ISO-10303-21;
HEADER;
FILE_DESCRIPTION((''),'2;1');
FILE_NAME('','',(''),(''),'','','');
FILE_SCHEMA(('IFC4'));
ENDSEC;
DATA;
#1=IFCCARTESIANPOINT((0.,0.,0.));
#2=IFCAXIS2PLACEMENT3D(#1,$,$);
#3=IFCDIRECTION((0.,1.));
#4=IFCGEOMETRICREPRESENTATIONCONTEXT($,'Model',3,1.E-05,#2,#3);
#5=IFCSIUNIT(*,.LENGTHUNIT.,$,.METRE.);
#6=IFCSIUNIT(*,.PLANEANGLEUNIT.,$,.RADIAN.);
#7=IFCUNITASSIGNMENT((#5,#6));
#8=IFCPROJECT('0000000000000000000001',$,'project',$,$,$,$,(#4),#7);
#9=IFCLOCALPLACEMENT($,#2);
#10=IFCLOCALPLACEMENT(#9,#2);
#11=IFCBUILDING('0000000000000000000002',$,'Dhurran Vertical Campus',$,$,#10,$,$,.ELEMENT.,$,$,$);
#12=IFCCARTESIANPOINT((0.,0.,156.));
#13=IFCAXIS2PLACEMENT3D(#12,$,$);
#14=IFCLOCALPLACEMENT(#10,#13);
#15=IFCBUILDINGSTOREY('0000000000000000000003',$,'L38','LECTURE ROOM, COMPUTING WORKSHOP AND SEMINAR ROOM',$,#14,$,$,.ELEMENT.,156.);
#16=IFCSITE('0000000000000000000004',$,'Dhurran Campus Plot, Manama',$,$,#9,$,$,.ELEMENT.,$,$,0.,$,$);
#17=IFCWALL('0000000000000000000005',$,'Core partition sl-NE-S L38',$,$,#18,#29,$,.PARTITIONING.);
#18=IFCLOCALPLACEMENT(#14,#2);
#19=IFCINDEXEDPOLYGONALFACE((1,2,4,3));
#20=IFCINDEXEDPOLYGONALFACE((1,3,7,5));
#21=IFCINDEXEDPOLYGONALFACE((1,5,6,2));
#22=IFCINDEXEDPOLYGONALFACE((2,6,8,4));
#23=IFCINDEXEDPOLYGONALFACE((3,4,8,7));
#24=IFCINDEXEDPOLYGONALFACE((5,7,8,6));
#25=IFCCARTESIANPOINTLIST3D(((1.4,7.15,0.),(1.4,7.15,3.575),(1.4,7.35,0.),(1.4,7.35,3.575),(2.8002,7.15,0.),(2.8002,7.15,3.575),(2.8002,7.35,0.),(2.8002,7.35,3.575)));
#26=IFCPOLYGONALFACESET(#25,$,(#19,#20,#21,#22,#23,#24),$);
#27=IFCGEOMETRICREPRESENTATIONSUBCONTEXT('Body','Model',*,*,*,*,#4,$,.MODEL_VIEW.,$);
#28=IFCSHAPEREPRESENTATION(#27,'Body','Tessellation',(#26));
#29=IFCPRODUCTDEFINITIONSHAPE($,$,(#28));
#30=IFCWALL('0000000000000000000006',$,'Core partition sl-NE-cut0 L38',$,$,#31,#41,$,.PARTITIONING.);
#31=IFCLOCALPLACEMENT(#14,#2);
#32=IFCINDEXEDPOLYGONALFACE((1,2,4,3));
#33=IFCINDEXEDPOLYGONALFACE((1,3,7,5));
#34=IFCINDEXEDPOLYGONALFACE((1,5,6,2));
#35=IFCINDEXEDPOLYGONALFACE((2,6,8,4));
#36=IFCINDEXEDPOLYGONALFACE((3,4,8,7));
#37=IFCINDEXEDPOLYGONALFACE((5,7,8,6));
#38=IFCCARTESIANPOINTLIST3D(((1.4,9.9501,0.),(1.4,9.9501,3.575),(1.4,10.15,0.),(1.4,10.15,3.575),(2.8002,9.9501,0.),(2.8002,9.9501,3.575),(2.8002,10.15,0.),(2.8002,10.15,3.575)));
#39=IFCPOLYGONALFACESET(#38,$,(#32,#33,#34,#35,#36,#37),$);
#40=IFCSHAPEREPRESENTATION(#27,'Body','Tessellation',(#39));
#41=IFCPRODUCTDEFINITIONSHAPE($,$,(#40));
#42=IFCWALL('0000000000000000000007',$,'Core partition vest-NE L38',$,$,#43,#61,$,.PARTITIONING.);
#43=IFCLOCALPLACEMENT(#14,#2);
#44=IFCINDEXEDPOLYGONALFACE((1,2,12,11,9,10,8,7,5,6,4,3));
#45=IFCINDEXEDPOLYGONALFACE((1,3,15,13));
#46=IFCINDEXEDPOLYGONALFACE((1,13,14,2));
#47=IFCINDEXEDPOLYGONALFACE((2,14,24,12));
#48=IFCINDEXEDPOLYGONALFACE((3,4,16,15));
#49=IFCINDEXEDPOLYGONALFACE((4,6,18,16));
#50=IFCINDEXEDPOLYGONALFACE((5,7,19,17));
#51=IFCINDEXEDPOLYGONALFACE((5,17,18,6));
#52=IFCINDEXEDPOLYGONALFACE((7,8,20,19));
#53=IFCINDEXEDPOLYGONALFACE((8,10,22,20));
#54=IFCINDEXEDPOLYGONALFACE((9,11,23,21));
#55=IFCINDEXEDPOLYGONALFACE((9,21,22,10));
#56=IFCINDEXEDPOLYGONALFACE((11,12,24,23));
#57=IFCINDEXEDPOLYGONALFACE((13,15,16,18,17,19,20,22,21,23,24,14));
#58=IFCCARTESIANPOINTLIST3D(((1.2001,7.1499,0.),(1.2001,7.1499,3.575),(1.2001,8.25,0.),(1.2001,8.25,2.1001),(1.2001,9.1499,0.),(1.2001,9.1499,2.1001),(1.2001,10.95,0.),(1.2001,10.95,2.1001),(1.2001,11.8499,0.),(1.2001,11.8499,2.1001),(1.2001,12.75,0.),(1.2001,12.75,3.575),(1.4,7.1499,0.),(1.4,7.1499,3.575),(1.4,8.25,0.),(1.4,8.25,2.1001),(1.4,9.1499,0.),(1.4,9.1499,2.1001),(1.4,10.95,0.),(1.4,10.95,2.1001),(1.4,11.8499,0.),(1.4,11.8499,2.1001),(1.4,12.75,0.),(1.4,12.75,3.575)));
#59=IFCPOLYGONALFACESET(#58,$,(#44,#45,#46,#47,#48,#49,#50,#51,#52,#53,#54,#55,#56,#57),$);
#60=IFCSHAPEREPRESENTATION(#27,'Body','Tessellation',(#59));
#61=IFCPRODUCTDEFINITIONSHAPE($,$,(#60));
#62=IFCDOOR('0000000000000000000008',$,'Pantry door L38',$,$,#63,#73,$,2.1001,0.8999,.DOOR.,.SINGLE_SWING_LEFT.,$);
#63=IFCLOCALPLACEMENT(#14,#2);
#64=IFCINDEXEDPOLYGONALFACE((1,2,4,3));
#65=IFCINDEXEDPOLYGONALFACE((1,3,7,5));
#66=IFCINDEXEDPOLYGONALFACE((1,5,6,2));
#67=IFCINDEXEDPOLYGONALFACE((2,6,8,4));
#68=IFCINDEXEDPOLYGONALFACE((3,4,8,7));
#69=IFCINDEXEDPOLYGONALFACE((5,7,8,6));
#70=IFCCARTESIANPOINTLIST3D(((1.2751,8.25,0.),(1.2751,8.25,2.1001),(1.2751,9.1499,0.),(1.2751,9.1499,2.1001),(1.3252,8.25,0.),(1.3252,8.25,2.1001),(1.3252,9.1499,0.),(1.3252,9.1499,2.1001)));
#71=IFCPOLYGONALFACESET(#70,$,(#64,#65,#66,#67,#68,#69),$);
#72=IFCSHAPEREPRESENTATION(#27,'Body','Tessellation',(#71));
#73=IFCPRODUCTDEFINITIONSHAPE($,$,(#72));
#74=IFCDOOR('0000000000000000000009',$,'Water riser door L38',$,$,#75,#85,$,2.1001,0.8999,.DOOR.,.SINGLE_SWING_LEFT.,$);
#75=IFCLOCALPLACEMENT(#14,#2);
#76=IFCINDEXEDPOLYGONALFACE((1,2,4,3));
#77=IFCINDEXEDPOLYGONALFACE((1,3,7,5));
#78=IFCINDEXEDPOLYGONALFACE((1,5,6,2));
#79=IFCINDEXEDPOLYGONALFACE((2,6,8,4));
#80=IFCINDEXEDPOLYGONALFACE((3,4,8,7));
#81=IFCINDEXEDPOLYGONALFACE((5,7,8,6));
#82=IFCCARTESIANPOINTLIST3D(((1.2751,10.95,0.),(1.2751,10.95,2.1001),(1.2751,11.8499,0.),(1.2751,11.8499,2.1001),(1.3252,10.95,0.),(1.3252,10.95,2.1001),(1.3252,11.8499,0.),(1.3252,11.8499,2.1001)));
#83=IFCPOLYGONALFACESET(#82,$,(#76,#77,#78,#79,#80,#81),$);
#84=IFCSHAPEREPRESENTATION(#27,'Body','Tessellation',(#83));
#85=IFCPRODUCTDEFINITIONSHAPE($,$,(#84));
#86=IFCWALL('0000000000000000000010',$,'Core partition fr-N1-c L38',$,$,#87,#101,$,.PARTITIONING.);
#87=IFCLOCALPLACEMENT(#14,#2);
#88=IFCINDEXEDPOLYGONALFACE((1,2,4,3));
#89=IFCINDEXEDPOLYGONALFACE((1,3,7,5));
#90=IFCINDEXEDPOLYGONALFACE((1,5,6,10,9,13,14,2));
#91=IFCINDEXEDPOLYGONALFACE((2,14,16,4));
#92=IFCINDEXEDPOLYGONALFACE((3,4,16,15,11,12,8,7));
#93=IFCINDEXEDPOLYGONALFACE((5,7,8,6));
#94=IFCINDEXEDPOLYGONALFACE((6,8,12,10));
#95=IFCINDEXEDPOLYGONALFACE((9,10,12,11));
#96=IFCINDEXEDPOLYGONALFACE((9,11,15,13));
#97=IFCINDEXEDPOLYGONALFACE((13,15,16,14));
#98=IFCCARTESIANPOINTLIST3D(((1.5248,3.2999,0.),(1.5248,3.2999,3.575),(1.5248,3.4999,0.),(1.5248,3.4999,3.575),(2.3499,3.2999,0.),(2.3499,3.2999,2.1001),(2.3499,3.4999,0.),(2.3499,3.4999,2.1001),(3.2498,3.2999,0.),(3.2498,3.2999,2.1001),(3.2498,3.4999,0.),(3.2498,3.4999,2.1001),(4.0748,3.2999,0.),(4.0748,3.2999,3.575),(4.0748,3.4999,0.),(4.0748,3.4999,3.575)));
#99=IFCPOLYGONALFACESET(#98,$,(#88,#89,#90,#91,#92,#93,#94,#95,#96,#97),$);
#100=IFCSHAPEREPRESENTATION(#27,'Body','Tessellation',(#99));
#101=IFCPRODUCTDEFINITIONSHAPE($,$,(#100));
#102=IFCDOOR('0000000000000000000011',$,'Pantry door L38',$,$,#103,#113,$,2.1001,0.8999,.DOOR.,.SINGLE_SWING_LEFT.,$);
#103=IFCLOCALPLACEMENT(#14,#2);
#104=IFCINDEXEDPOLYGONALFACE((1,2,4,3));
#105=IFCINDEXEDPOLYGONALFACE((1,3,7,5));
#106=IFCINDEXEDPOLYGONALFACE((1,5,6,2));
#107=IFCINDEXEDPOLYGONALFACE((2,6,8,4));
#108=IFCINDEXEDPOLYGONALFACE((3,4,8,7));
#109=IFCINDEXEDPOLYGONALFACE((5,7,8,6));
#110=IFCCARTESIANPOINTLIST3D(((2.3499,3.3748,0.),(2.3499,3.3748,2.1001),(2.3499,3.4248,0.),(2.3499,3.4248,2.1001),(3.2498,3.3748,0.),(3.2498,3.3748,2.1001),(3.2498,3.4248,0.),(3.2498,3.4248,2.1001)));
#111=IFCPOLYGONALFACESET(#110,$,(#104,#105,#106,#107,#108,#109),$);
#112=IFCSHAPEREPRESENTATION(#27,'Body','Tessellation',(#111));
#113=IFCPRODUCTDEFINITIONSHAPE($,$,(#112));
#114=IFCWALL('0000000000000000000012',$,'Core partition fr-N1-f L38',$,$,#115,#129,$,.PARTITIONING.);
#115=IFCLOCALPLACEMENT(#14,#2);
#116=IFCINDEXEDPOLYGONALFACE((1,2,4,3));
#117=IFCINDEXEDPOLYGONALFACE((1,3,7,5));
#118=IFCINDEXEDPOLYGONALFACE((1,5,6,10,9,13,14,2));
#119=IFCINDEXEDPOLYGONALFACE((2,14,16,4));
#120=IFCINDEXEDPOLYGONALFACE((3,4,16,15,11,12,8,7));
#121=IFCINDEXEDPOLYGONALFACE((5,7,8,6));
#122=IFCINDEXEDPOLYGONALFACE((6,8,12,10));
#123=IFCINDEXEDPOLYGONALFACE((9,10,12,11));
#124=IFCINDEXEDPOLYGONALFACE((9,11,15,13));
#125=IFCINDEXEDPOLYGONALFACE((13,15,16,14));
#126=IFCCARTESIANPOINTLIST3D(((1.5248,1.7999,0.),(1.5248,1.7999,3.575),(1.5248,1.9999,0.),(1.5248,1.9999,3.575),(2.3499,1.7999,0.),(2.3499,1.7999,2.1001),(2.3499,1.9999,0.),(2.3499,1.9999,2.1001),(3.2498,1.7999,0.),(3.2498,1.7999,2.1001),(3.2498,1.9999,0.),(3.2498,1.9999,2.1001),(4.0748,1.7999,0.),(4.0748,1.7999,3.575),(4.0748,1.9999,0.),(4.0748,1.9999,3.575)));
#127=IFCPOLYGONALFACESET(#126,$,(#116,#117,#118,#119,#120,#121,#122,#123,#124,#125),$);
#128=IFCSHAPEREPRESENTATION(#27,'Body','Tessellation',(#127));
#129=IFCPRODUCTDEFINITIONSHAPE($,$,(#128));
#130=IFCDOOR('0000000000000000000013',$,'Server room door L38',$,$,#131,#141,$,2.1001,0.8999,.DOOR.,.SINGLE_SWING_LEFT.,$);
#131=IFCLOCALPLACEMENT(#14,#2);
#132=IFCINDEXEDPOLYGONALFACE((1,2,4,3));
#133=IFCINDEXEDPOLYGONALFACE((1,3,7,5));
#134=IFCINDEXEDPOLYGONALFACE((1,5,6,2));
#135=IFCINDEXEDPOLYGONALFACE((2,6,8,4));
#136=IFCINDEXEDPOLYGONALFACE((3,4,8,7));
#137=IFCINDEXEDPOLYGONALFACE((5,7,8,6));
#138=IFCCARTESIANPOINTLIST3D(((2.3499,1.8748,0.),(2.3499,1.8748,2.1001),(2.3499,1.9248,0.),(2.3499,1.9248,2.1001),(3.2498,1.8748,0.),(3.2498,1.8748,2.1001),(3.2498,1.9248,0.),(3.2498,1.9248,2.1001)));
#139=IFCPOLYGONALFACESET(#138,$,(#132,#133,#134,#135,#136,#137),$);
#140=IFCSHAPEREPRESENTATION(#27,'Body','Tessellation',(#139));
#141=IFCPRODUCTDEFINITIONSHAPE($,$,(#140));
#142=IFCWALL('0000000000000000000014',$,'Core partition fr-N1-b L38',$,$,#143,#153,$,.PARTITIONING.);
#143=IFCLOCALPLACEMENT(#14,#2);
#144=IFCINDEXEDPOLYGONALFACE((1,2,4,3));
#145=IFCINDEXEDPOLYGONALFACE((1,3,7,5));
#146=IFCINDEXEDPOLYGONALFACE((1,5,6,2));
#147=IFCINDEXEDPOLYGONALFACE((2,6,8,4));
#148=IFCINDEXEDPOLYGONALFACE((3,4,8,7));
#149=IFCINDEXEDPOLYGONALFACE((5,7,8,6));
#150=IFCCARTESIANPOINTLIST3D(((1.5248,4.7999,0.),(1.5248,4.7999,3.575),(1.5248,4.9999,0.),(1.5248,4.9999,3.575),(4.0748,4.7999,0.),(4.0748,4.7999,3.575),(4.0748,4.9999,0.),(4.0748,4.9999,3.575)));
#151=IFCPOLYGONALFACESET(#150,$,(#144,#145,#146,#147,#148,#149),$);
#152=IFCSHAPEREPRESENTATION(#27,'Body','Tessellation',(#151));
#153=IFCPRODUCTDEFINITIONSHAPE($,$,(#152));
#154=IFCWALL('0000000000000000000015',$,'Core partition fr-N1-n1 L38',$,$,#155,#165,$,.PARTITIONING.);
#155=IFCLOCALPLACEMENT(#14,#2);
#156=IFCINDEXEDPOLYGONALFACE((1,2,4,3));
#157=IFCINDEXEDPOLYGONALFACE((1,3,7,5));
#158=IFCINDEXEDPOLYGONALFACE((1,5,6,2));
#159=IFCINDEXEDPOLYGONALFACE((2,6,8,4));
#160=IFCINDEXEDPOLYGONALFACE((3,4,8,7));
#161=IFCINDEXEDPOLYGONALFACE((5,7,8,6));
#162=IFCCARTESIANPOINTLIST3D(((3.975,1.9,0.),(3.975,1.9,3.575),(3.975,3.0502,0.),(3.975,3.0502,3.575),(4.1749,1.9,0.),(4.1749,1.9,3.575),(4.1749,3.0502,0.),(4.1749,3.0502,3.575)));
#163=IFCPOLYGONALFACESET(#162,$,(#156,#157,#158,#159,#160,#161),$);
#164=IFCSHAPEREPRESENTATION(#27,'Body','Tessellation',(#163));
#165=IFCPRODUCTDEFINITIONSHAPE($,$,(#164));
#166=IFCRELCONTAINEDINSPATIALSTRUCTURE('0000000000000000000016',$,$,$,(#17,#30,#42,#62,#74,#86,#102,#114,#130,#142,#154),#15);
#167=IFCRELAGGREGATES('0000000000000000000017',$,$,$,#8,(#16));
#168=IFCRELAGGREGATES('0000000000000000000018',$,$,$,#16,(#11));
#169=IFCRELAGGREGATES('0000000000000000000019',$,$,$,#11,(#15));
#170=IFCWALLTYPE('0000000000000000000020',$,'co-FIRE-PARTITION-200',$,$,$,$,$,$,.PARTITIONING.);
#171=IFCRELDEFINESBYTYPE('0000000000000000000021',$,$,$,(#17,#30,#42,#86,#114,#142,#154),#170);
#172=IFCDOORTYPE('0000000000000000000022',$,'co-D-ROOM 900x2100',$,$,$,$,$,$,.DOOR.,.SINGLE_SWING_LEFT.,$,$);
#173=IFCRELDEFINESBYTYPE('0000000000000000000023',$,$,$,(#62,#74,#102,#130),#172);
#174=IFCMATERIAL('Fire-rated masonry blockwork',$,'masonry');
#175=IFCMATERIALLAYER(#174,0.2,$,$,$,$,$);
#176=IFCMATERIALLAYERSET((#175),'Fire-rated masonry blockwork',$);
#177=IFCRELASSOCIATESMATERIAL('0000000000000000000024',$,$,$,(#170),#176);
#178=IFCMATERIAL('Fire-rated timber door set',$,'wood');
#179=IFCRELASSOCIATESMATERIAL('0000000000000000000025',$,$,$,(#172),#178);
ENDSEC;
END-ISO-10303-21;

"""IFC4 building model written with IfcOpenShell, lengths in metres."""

from ifc_helpers import new_model, si_unit, direction, frame, frame_2d, origin, place, context, subcontext, project, spatial, rectangle, extrude, material, layer, layer_set, type_object, element, fill, save


model = new_model("IFC4")

# Units and contexts
model_context = context("Model", 3, precision=1e-05, world=origin(), true_north=direction((0.0, 1.0)))
body_context = subcontext(model_context, "Body", "Model", "MODEL_VIEW")
ifc_project = project(units=[si_unit("LENGTHUNIT", "METRE"), si_unit("PLANEANGLEUNIT", "RADIAN")], contexts=[model_context])

# Site, building, storey
site_placement = place(None, origin())
site = spatial("IfcSite", under=ifc_project, at=site_placement, Name="Dhurran Campus Plot, Manama", CompositionType="ELEMENT", RefElevation=0.0)
building_placement = place(site_placement, origin())
building = spatial("IfcBuilding", under=site, at=building_placement, Name="Dhurran Vertical Campus", CompositionType="ELEMENT")
storey_placement = place(building_placement, frame((0.0, 0.0, 156.0)))
storey = spatial("IfcBuildingStorey", under=building, at=storey_placement, Name="L38", Description="LECTURE ROOM, COMPUTING WORKSHOP AND SEMINAR ROOM", CompositionType="ELEMENT", Elevation=156.0)

# Walls
ifc_material_1 = material(Name="Fire-rated masonry blockwork", Category="masonry")
ifc_layer_1 = layer(ifc_material_1, 0.2)
ifc_layer_set_1 = layer_set([ifc_layer_1], Name="Fire-rated masonry blockwork")
wall_type_1 = type_object("IfcWallType", Name="co-FIRE-PARTITION-200", PredefinedType="PARTITIONING", material=ifc_layer_set_1)
for number, where, z_axis, x_axis, name in (
    (1, (1.3999, 7.25, 0.0), (0.0, 0.0, 1.0), (1.0, 0.0, 0.0), "Core partition sl-NE-S L38"),
    (2, (1.3999, 10.05, 0.0), (0.0, 0.0, 1.0), (1.0, 0.0, 0.0), "Core partition sl-NE-cut0 L38"),
):
    element("IfcWall", number, at=place(storey_placement, frame(where, z_axis=z_axis, x_axis=x_axis)), inside=storey, type_object=wall_type_1, Name=name, PredefinedType="PARTITIONING", context=body_context, shape_type="SweptSolid", body=[
        extrude(rectangle(XDim=1.4001, YDim=0.2, at=frame_2d((0.7002, 0.0))), origin(), (0.0, 0.0, 1.0), 3.575),
    ])

# Wall, openings, doors
wall_1_placement = place(storey_placement, frame((1.3, 7.1499, 0.0), z_axis=(0.0, 0.0, 1.0), x_axis=(0.0, 1.0, 0.0)))
wall_1 = element("IfcWall", 3, at=wall_1_placement, inside=storey, type_object=wall_type_1, Name="Core partition vest-NE L38", PredefinedType="PARTITIONING", context=body_context, shape_type="SweptSolid", body=[
    extrude(rectangle(XDim=5.6001, YDim=0.2, at=frame_2d((2.8, 0.0))), origin(), (0.0, 0.0, 1.0), 3.575),
])
opening_1_placement = place(wall_1_placement, frame((1.1001, 0.0, 0.0)))
opening_1 = element("IfcOpeningElement", 4, at=opening_1_placement, cuts=wall_1, PredefinedType="OPENING", context=body_context, shape_type="SweptSolid", body=[
    extrude(rectangle(XDim=0.8999, YDim=2.1001, at=frame_2d((0.45, 1.05))), frame((0.0, 0.1099, 0.0), z_axis=(0.0, -1.0, 0.0), x_axis=(1.0, 0.0, 0.0)), (0.0, 0.0, 1.0), 0.22),
])
opening_2_placement = place(wall_1_placement, frame((3.8, 0.0, 0.0)))
opening_2 = element("IfcOpeningElement", 5, at=opening_2_placement, cuts=wall_1, PredefinedType="OPENING", context=body_context, shape_type="SweptSolid", body=[
    extrude(rectangle(XDim=0.8999, YDim=2.1001, at=frame_2d((0.45, 1.05))), frame((0.0, 0.1099, 0.0), z_axis=(0.0, -1.0, 0.0), x_axis=(1.0, 0.0, 0.0)), (0.0, 0.0, 1.0), 0.22),
])
ifc_material_2 = material(Name="Fire-rated timber door set", Category="wood")
door_type_1 = type_object("IfcDoorType", Name="co-D-ROOM 900x2100", OperationType="SINGLE_SWING_LEFT", PredefinedType="DOOR", material=ifc_material_2)
door_1_placement = place(opening_1_placement, origin())
door_1 = element("IfcDoor", 6, at=door_1_placement, inside=storey, type_object=door_type_1, Name="Pantry door L38", OperationType="SINGLE_SWING_LEFT", OverallHeight=2.1001, OverallWidth=0.8999, PredefinedType="DOOR", context=body_context, shape_type="SweptSolid", body=[
    extrude(rectangle(XDim=0.8999, YDim=2.1001, at=frame_2d((0.45, 1.05))), frame((0.0, 0.0249, 0.0), z_axis=(0.0, -1.0, 0.0), x_axis=(1.0, 0.0, 0.0)), (0.0, 0.0, 1.0), 0.05),
])
fill(opening_1, door_1)
door_2_placement = place(opening_2_placement, origin())
door_2 = element("IfcDoor", 7, at=door_2_placement, inside=storey, type_object=door_type_1, Name="Water riser door L38", OperationType="SINGLE_SWING_LEFT", OverallHeight=2.1001, OverallWidth=0.8999, PredefinedType="DOOR", context=body_context, shape_type="SweptSolid", body=[
    extrude(rectangle(XDim=0.8999, YDim=2.1001, at=frame_2d((0.45, 1.05))), frame((0.0, 0.0249, 0.0), z_axis=(0.0, -1.0, 0.0), x_axis=(1.0, 0.0, 0.0)), (0.0, 0.0, 1.0), 0.05),
])
fill(opening_2, door_2)

# Walls, openings, doors
wall_2_placement = place(storey_placement, frame((1.5249, 3.3999, 0.0), z_axis=(0.0, 0.0, 1.0), x_axis=(1.0, 0.0, 0.0)))
wall_2 = element("IfcWall", 8, at=wall_2_placement, inside=storey, type_object=wall_type_1, Name="Core partition fr-N1-c L38", PredefinedType="PARTITIONING", context=body_context, shape_type="SweptSolid", body=[
    extrude(rectangle(XDim=2.55, YDim=0.2, at=frame_2d((1.2749, 0.0))), origin(), (0.0, 0.0, 1.0), 3.575),
])
opening_3_placement = place(wall_2_placement, frame((0.825, 0.0, 0.0)))
opening_3 = element("IfcOpeningElement", 9, at=opening_3_placement, cuts=wall_2, PredefinedType="OPENING", context=body_context, shape_type="SweptSolid", body=[
    extrude(rectangle(XDim=0.8999, YDim=2.1001, at=frame_2d((0.45, 1.05))), frame((0.0, 0.1099, 0.0), z_axis=(0.0, -1.0, 0.0), x_axis=(1.0, 0.0, 0.0)), (0.0, 0.0, 1.0), 0.22),
])
door_3_placement = place(opening_3_placement, origin())
door_3 = element("IfcDoor", 10, at=door_3_placement, inside=storey, type_object=door_type_1, Name="Pantry door L38", OperationType="SINGLE_SWING_LEFT", OverallHeight=2.1001, OverallWidth=0.8999, PredefinedType="DOOR", context=body_context, shape_type="SweptSolid", body=[
    extrude(rectangle(XDim=0.8999, YDim=2.1001, at=frame_2d((0.45, 1.05))), frame((0.0, 0.0249, 0.0), z_axis=(0.0, -1.0, 0.0), x_axis=(1.0, 0.0, 0.0)), (0.0, 0.0, 1.0), 0.05),
])
fill(opening_3, door_3)
wall_3_placement = place(storey_placement, frame((1.5249, 1.8999, 0.0), z_axis=(0.0, 0.0, 1.0), x_axis=(1.0, 0.0, 0.0)))
wall_3 = element("IfcWall", 11, at=wall_3_placement, inside=storey, type_object=wall_type_1, Name="Core partition fr-N1-f L38", PredefinedType="PARTITIONING", context=body_context, shape_type="SweptSolid", body=[
    extrude(rectangle(XDim=2.55, YDim=0.2, at=frame_2d((1.2749, 0.0))), origin(), (0.0, 0.0, 1.0), 3.575),
])
opening_4_placement = place(wall_3_placement, frame((0.825, 0.0, 0.0)))
opening_4 = element("IfcOpeningElement", 12, at=opening_4_placement, cuts=wall_3, PredefinedType="OPENING", context=body_context, shape_type="SweptSolid", body=[
    extrude(rectangle(XDim=0.8999, YDim=2.1001, at=frame_2d((0.45, 1.05))), frame((0.0, 0.1099, 0.0), z_axis=(0.0, -1.0, 0.0), x_axis=(1.0, 0.0, 0.0)), (0.0, 0.0, 1.0), 0.22),
])
door_4_placement = place(opening_4_placement, origin())
door_4 = element("IfcDoor", 13, at=door_4_placement, inside=storey, type_object=door_type_1, Name="Server room door L38", OperationType="SINGLE_SWING_LEFT", OverallHeight=2.1001, OverallWidth=0.8999, PredefinedType="DOOR", context=body_context, shape_type="SweptSolid", body=[
    extrude(rectangle(XDim=0.8999, YDim=2.1001, at=frame_2d((0.45, 1.05))), frame((0.0, 0.0249, 0.0), z_axis=(0.0, -1.0, 0.0), x_axis=(1.0, 0.0, 0.0)), (0.0, 0.0, 1.0), 0.05),
])
fill(opening_4, door_4)

# Walls
wall_4_placement = place(storey_placement, frame((1.5249, 4.8999, 0.0), z_axis=(0.0, 0.0, 1.0), x_axis=(1.0, 0.0, 0.0)))
element("IfcWall", 14, at=wall_4_placement, inside=storey, type_object=wall_type_1, Name="Core partition fr-N1-b L38", PredefinedType="PARTITIONING", context=body_context, shape_type="SweptSolid", body=[
    extrude(rectangle(XDim=2.55, YDim=0.2, at=frame_2d((1.2749, 0.0))), origin(), (0.0, 0.0, 1.0), 3.575),
])
wall_5_placement = place(storey_placement, frame((4.075, 1.8999, 0.0), z_axis=(0.0, 0.0, 1.0), x_axis=(0.0, 1.0, 0.0)))
element("IfcWall", 15, at=wall_5_placement, inside=storey, type_object=wall_type_1, Name="Core partition fr-N1-n1 L38", PredefinedType="PARTITIONING", context=body_context, shape_type="SweptSolid", body=[
    extrude(rectangle(XDim=1.1501, YDim=0.2, at=frame_2d((0.5752, 0.0))), origin(), (0.0, 0.0, 1.0), 3.575),
])

save(model, "model.ifc")
